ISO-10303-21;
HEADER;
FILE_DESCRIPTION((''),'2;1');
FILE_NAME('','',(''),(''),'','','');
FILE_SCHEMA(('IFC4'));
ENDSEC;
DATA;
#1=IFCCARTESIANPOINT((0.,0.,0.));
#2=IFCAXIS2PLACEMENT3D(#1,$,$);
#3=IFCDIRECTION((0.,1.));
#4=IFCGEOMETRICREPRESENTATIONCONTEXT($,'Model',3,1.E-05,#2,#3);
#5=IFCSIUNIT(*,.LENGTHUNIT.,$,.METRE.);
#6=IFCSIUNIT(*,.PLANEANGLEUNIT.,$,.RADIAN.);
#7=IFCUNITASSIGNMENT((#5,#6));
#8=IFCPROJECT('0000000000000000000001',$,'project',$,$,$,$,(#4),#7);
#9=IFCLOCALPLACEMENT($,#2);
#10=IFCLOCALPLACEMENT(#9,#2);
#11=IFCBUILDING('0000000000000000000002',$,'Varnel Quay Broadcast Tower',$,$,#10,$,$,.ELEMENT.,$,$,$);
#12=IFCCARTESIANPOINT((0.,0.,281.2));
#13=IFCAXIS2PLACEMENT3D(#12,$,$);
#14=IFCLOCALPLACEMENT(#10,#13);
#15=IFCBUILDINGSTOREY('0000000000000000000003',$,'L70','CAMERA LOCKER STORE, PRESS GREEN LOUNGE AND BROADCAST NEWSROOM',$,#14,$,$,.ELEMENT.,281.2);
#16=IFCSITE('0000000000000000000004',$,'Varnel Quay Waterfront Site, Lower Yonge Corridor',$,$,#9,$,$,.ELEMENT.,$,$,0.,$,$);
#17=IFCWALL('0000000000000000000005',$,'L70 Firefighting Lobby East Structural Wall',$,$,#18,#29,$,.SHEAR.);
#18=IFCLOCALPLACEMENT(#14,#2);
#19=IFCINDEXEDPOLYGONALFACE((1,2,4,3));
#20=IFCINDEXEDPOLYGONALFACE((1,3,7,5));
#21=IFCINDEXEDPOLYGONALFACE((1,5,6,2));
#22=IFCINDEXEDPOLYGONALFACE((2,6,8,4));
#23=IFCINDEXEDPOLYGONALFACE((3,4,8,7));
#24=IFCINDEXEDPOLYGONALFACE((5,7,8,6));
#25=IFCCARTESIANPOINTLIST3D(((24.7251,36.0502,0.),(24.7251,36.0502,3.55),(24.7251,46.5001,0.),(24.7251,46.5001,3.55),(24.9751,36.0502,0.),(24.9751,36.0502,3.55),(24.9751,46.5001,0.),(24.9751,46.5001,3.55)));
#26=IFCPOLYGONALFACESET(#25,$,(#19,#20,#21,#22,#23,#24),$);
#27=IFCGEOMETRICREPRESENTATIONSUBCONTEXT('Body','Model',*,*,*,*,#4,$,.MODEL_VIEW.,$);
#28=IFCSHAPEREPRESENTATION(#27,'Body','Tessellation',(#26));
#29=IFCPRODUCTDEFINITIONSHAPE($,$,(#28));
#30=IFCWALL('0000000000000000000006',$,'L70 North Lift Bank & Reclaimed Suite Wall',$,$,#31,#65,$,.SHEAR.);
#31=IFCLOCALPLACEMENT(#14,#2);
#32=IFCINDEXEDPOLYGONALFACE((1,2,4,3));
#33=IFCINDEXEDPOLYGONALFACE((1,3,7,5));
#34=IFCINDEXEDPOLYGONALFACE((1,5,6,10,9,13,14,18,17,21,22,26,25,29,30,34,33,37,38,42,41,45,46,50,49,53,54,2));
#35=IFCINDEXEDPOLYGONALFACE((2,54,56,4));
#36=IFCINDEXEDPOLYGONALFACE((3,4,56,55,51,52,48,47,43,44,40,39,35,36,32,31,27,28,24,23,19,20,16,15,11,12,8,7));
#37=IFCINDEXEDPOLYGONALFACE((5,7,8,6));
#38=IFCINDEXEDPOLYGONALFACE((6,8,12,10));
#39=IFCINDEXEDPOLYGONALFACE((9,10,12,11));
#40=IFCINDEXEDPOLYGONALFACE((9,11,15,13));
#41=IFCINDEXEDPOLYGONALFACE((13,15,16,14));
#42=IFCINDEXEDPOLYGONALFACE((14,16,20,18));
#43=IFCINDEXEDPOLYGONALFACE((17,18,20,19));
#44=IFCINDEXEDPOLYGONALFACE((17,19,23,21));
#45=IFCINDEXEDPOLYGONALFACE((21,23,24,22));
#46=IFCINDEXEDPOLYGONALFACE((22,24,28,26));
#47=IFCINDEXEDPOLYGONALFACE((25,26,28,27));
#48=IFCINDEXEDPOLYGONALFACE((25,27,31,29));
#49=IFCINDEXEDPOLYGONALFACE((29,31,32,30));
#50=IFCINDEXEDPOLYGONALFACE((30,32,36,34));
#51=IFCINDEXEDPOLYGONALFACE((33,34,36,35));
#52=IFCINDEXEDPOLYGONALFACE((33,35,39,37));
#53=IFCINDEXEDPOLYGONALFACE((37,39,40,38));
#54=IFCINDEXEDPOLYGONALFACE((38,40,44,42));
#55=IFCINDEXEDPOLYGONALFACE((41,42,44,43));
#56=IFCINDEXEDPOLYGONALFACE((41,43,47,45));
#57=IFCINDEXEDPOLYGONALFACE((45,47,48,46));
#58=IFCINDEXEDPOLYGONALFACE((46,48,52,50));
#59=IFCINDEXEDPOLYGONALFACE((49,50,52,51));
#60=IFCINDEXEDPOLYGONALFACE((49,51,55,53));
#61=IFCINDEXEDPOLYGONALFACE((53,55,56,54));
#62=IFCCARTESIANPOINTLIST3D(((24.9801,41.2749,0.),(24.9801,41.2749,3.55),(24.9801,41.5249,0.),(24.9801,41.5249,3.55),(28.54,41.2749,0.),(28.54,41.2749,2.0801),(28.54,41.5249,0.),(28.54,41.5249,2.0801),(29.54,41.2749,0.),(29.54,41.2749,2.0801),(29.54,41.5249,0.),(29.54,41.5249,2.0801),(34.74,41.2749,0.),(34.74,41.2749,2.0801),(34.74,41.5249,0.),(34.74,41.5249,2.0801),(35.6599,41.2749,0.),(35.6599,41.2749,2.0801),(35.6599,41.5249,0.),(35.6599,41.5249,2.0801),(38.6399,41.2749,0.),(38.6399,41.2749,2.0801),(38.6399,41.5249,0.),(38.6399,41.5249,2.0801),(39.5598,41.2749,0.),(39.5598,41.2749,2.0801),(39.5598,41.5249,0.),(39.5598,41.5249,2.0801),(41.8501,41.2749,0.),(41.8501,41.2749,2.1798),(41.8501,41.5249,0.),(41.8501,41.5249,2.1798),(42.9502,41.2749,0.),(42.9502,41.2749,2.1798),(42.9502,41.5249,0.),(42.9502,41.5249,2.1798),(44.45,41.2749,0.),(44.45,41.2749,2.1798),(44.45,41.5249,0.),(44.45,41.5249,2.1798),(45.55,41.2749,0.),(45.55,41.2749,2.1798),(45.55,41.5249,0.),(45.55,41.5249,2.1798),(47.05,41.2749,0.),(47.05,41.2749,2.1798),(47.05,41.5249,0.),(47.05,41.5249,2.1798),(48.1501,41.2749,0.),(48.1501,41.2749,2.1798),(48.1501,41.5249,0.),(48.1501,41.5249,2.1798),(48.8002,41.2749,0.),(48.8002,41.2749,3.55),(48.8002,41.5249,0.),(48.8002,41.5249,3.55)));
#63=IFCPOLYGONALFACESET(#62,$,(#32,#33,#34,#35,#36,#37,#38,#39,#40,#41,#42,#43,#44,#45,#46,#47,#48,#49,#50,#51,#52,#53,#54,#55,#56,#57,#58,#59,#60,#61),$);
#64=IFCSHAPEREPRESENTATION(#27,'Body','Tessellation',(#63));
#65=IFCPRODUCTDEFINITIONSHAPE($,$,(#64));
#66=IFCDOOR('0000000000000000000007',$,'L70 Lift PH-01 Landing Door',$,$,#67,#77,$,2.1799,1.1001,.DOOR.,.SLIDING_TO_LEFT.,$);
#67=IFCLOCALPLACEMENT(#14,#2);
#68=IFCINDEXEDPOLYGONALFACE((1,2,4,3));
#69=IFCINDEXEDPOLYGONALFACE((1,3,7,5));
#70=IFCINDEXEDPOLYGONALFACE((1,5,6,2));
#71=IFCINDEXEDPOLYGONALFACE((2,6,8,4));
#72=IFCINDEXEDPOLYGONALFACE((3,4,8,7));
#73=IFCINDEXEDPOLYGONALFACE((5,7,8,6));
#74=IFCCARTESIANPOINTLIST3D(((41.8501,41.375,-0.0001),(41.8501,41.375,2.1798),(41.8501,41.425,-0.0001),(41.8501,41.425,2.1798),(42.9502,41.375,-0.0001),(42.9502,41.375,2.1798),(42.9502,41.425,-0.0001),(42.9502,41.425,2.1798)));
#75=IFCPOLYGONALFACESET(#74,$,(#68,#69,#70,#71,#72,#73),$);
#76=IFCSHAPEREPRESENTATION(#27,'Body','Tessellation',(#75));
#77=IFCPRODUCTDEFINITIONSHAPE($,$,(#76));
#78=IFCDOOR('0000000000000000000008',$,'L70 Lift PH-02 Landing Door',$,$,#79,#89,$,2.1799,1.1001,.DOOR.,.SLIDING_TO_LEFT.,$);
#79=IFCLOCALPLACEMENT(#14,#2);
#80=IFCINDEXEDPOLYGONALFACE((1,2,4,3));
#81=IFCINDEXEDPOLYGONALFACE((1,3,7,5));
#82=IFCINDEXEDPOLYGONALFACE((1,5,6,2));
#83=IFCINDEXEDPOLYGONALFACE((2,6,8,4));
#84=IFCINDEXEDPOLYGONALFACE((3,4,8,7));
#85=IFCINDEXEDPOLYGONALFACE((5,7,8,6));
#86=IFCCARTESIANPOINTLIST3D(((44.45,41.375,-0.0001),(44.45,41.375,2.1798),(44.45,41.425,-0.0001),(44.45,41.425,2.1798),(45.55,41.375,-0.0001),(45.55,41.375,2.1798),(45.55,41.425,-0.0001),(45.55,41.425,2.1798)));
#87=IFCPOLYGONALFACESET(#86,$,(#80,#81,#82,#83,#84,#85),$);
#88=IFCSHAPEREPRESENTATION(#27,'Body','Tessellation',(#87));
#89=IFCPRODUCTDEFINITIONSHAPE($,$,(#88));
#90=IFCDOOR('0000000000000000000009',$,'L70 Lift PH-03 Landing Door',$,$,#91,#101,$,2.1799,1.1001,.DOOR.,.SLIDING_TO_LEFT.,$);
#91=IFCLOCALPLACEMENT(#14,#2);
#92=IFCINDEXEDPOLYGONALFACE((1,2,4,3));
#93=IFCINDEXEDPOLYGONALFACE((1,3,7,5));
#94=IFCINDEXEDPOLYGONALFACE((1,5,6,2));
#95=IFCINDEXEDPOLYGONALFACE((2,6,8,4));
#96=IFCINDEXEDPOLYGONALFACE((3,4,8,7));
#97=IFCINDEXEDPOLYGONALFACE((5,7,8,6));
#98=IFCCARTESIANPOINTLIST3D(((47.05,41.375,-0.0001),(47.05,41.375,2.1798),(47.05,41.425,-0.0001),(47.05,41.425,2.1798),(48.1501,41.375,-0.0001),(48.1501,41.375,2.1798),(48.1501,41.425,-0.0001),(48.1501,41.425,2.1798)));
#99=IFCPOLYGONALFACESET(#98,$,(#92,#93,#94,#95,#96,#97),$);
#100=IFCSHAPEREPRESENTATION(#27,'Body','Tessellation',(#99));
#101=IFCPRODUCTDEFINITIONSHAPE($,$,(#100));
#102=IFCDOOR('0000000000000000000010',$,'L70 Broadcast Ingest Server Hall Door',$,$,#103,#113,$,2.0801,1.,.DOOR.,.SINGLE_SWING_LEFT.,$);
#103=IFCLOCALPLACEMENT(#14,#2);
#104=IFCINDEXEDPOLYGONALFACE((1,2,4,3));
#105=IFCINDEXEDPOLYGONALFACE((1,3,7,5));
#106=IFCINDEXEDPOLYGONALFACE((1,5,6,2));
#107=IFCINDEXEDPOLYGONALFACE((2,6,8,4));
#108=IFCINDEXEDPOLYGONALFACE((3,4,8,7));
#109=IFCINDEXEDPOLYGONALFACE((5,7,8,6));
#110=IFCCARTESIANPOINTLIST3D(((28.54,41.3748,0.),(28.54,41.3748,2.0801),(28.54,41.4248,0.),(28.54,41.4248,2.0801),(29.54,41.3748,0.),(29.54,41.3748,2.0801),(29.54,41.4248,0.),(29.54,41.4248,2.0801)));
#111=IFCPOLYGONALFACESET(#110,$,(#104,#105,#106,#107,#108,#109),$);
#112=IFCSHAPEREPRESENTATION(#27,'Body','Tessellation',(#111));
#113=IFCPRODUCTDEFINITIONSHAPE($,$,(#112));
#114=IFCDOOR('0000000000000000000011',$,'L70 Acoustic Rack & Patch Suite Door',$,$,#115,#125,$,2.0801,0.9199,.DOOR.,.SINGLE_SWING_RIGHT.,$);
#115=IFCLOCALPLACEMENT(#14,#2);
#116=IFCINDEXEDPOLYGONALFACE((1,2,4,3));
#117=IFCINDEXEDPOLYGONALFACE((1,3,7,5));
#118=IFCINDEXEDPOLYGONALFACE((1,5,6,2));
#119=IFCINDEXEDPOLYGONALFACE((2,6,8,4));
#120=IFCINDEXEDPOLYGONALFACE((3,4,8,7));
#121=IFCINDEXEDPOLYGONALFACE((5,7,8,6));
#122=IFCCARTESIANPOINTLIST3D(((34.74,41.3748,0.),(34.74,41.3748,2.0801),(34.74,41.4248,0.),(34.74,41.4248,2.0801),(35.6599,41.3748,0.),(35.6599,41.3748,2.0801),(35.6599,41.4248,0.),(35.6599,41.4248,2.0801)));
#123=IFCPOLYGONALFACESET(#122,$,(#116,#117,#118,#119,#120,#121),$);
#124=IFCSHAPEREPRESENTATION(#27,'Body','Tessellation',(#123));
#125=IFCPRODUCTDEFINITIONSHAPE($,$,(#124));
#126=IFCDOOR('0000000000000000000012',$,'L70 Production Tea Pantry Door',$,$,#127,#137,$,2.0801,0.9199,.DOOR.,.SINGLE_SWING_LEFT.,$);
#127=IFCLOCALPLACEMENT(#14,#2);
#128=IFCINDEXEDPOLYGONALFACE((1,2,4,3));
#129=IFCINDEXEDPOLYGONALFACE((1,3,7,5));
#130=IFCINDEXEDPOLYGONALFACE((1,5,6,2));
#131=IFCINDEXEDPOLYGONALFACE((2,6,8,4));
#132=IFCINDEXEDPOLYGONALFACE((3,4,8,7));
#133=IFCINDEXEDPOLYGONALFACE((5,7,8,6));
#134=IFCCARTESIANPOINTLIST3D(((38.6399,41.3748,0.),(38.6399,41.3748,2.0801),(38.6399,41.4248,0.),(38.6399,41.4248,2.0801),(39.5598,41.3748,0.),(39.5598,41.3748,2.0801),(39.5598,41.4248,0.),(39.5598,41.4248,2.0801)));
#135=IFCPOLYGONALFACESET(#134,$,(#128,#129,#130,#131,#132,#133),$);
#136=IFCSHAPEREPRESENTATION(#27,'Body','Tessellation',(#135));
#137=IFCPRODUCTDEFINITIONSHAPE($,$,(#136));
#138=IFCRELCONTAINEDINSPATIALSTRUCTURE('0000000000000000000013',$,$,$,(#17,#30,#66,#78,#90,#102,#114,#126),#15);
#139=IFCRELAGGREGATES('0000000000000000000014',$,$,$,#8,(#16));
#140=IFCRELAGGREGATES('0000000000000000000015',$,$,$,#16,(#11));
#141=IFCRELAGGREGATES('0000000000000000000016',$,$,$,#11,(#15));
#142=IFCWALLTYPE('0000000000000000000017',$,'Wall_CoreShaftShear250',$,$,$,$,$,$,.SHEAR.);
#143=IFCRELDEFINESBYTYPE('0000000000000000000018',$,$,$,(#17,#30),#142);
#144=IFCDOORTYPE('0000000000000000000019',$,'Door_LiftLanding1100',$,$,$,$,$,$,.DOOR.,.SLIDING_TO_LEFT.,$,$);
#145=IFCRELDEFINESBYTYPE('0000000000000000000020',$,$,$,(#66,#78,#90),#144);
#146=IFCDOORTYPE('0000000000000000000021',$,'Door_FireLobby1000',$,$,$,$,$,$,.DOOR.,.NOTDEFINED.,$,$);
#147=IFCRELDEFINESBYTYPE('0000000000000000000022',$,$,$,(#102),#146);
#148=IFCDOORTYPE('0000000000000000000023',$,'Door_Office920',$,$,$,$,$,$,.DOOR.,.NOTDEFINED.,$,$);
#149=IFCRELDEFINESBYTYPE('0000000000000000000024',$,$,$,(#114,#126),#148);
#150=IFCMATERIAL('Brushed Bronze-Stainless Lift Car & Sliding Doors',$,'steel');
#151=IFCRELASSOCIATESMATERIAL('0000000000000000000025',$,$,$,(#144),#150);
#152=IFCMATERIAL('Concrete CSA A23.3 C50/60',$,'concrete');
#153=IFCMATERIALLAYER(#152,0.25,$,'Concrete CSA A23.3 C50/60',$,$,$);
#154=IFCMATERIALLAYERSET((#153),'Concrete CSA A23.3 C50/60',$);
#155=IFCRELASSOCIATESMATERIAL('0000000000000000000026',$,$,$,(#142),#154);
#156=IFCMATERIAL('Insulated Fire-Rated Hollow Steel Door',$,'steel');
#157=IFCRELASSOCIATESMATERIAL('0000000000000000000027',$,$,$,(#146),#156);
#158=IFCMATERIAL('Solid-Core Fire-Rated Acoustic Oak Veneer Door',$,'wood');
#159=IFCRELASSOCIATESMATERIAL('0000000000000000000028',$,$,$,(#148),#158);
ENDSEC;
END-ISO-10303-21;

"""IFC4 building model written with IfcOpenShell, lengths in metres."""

from ifc_helpers import new_model, si_unit, direction, frame, frame_2d, origin, place, context, subcontext, project, spatial, rectangle, extrude, source, transform, mapped, material, layer, layer_set, type_object, type_shapes, element, fill, save


model = new_model("IFC4")

# Units and contexts
model_context = context("Model", 3, precision=1e-05, world=origin(), true_north=direction((0.0, 1.0)))
body_context = subcontext(model_context, "Body", "Model", "MODEL_VIEW")
ifc_project = project(units=[si_unit("LENGTHUNIT", "METRE"), si_unit("PLANEANGLEUNIT", "RADIAN")], contexts=[model_context])

# Site, building, storey
site_placement = place(None, origin())
site = spatial("IfcSite", under=ifc_project, at=site_placement, Name="Varnel Quay Waterfront Site, Lower Yonge Corridor", CompositionType="ELEMENT", RefElevation=0.0)
building_placement = place(site_placement, origin())
building = spatial("IfcBuilding", under=site, at=building_placement, Name="Varnel Quay Broadcast Tower", CompositionType="ELEMENT")
storey_placement = place(building_placement, frame((0.0, 0.0, 281.2)))
storey = spatial("IfcBuildingStorey", under=building, at=storey_placement, Name="L70", Description="CAMERA LOCKER STORE, PRESS GREEN LOUNGE AND BROADCAST NEWSROOM", CompositionType="ELEMENT", Elevation=281.2)

# Shared definitions
ifc_material_1 = material(Name="Concrete CSA A23.3 C50/60", Category="concrete")
ifc_material_2 = material(Name="Insulated Fire-Rated Hollow Steel Door", Category="steel")

# Shared definitions
ifc_material_3 = material(Name="Brushed Bronze-Stainless Lift Car & Sliding Doors", Category="steel")
door_type_1 = type_object("IfcDoorType", Name="Door_LiftLanding1100", OperationType="SLIDING_TO_LEFT", PredefinedType="DOOR", material=ifc_material_3)
shared_shape_1 = source(origin(), body_context, "Body", "SweptSolid", [
    extrude(rectangle(XDim=1.1001, YDim=2.1799, at=frame_2d((0.55, 1.0898))), frame((0.0, 0.0249, 0.0), z_axis=(0.0, -1.0, 0.0), x_axis=(1.0, 0.0, 0.0)), (0.0, 0.0, 1.0), 0.05),
])
type_shapes(door_type_1, [shared_shape_1])

# Wall
ifc_layer_1 = layer(ifc_material_1, 0.25, Name="Concrete CSA A23.3 C50/60")
ifc_layer_set_1 = layer_set([ifc_layer_1], Name="Concrete CSA A23.3 C50/60")
wall_type_1 = type_object("IfcWallType", Name="Wall_CoreShaftShear250", PredefinedType="SHEAR", material=ifc_layer_set_1)
wall_1_placement = place(storey_placement, frame((24.8501, 36.05, 0.0), z_axis=(0.0, 0.0, 1.0), x_axis=(0.0, 1.0, 0.0)))
element("IfcWall", 1, at=wall_1_placement, inside=storey, type_object=wall_type_1, Name="L70 Firefighting Lobby East Structural Wall", PredefinedType="SHEAR", context=body_context, shape_type="SweptSolid", body=[
    extrude(rectangle(XDim=10.45, YDim=0.25, at=frame_2d((5.2251, 0.0))), origin(), (0.0, 0.0, 1.0), 3.55),
])

# Wall, openings, doors
wall_2_placement = place(storey_placement, frame((24.98, 41.3999, 0.0), z_axis=(0.0, 0.0, 1.0), x_axis=(1.0, 0.0, 0.0)))
wall_2 = element("IfcWall", 2, at=wall_2_placement, inside=storey, type_object=wall_type_1, Name="L70 North Lift Bank & Reclaimed Suite Wall", PredefinedType="SHEAR", context=body_context, shape_type="SweptSolid", body=[
    extrude(rectangle(XDim=23.8201, YDim=0.25, at=frame_2d((11.9102, 0.0))), origin(), (0.0, 0.0, 1.0), 3.55),
])
opening_1_placement = place(wall_2_placement, frame((16.8701, 0.0, 0.0)))
opening_1 = element("IfcOpeningElement", 3, at=opening_1_placement, cuts=wall_2, PredefinedType="OPENING", context=body_context, shape_type="SweptSolid", body=[
    extrude(rectangle(XDim=1.1001, YDim=2.1799, at=frame_2d((0.55, 1.0898))), frame((0.0, 0.135, 0.0), z_axis=(0.0, -1.0, 0.0), x_axis=(1.0, 0.0, 0.0)), (0.0, 0.0, 1.0), 0.27),
])
opening_2_placement = place(wall_2_placement, frame((19.47, 0.0, 0.0)))
opening_2 = element("IfcOpeningElement", 4, at=opening_2_placement, cuts=wall_2, PredefinedType="OPENING", context=body_context, shape_type="SweptSolid", body=[
    extrude(rectangle(XDim=1.1001, YDim=2.1799, at=frame_2d((0.55, 1.0898))), frame((0.0, 0.135, 0.0), z_axis=(0.0, -1.0, 0.0), x_axis=(1.0, 0.0, 0.0)), (0.0, 0.0, 1.0), 0.27),
])
opening_3_placement = place(wall_2_placement, frame((22.0701, 0.0, 0.0)))
opening_3 = element("IfcOpeningElement", 5, at=opening_3_placement, cuts=wall_2, PredefinedType="OPENING", context=body_context, shape_type="SweptSolid", body=[
    extrude(rectangle(XDim=1.1001, YDim=2.1799, at=frame_2d((0.55, 1.0898))), frame((0.0, 0.135, 0.0), z_axis=(0.0, -1.0, 0.0), x_axis=(1.0, 0.0, 0.0)), (0.0, 0.0, 1.0), 0.27),
])
opening_4_placement = place(wall_2_placement, frame((3.5601, 0.0, 0.0)))
opening_4 = element("IfcOpeningElement", 6, at=opening_4_placement, cuts=wall_2, PredefinedType="OPENING", context=body_context, shape_type="SweptSolid", body=[
    extrude(rectangle(XDim=1.0, YDim=2.0801, at=frame_2d((0.5, 1.04))), frame((0.0, 0.135, 0.0), z_axis=(0.0, -1.0, 0.0), x_axis=(1.0, 0.0, 0.0)), (0.0, 0.0, 1.0), 0.27),
])
opening_5_placement = place(wall_2_placement, frame((9.76, 0.0, 0.0)))
opening_5 = element("IfcOpeningElement", 7, at=opening_5_placement, cuts=wall_2, PredefinedType="OPENING", context=body_context, shape_type="SweptSolid", body=[
    extrude(rectangle(XDim=0.9199, YDim=2.0801, at=frame_2d((0.46, 1.04))), frame((0.0, 0.135, 0.0), z_axis=(0.0, -1.0, 0.0), x_axis=(1.0, 0.0, 0.0)), (0.0, 0.0, 1.0), 0.27),
])
opening_6_placement = place(wall_2_placement, frame((13.6599, 0.0, 0.0)))
opening_6 = element("IfcOpeningElement", 8, at=opening_6_placement, cuts=wall_2, PredefinedType="OPENING", context=body_context, shape_type="SweptSolid", body=[
    extrude(rectangle(XDim=0.9199, YDim=2.0801, at=frame_2d((0.46, 1.04))), frame((0.0, 0.135, 0.0), z_axis=(0.0, -1.0, 0.0), x_axis=(1.0, 0.0, 0.0)), (0.0, 0.0, 1.0), 0.27),
])
door_1_placement = place(opening_1_placement, frame((1.1001, 0.0, 0.0), z_axis=(0.0, 0.0, 1.0), x_axis=(-1.0, 0.0, 0.0)))
door_1 = element("IfcDoor", 9, at=door_1_placement, inside=storey, type_object=door_type_1, Name="L70 Lift PH-01 Landing Door", OperationType="SLIDING_TO_LEFT", OverallHeight=2.1799, OverallWidth=1.1001, PredefinedType="DOOR", context=body_context, shape_type="MappedRepresentation", body=[
    mapped(shared_shape_1, transform((0.0, 0.0, 0.0), x_axis=(1.0, 0.0, 0.0), y_axis=(0.0, 1.0, 0.0), z_axis=(0.0, 0.0, 1.0), scale=1.0)),
])
fill(opening_1, door_1)
door_2_placement = place(opening_2_placement, frame((1.1001, 0.0, 0.0), z_axis=(0.0, 0.0, 1.0), x_axis=(-1.0, 0.0, 0.0)))
door_2 = element("IfcDoor", 10, at=door_2_placement, inside=storey, type_object=door_type_1, Name="L70 Lift PH-02 Landing Door", OperationType="SLIDING_TO_LEFT", OverallHeight=2.1799, OverallWidth=1.1001, PredefinedType="DOOR", context=body_context, shape_type="MappedRepresentation", body=[
    mapped(shared_shape_1, transform((0.0, 0.0, 0.0), x_axis=(1.0, 0.0, 0.0), y_axis=(0.0, 1.0, 0.0), z_axis=(0.0, 0.0, 1.0), scale=1.0)),
])
fill(opening_2, door_2)
door_3_placement = place(opening_3_placement, frame((1.1001, 0.0, 0.0), z_axis=(0.0, 0.0, 1.0), x_axis=(-1.0, 0.0, 0.0)))
door_3 = element("IfcDoor", 11, at=door_3_placement, inside=storey, type_object=door_type_1, Name="L70 Lift PH-03 Landing Door", OperationType="SLIDING_TO_LEFT", OverallHeight=2.1799, OverallWidth=1.1001, PredefinedType="DOOR", context=body_context, shape_type="MappedRepresentation", body=[
    mapped(shared_shape_1, transform((0.0, 0.0, 0.0), x_axis=(1.0, 0.0, 0.0), y_axis=(0.0, 1.0, 0.0), z_axis=(0.0, 0.0, 1.0), scale=1.0)),
])
fill(opening_3, door_3)
door_type_2 = type_object("IfcDoorType", Name="Door_FireLobby1000", OperationType="NOTDEFINED", PredefinedType="DOOR", material=ifc_material_2)
shared_shape_2 = source(origin(), body_context, "Body", "SweptSolid", [
    extrude(rectangle(XDim=1.0, YDim=2.0801, at=frame_2d((0.5, 1.04))), frame((0.0, 0.0249, 0.0), z_axis=(0.0, -1.0, 0.0), x_axis=(1.0, 0.0, 0.0)), (0.0, 0.0, 1.0), 0.05),
])
type_shapes(door_type_2, [shared_shape_2])
door_4_placement = place(opening_4_placement, origin())
door_4 = element("IfcDoor", 12, at=door_4_placement, inside=storey, type_object=door_type_2, Name="L70 Broadcast Ingest Server Hall Door", OperationType="SINGLE_SWING_LEFT", OverallHeight=2.0801, OverallWidth=1.0, PredefinedType="DOOR", context=body_context, shape_type="MappedRepresentation", body=[
    mapped(shared_shape_2, transform((0.0, 0.0, 0.0), x_axis=(1.0, 0.0, 0.0), y_axis=(0.0, 1.0, 0.0), z_axis=(0.0, 0.0, 1.0), scale=1.0)),
])
fill(opening_4, door_4)
ifc_material_4 = material(Name="Solid-Core Fire-Rated Acoustic Oak Veneer Door", Category="wood")
door_type_3 = type_object("IfcDoorType", Name="Door_Office920", OperationType="NOTDEFINED", PredefinedType="DOOR", material=ifc_material_4)
shared_shape_3 = source(origin(), body_context, "Body", "SweptSolid", [
    extrude(rectangle(XDim=0.9199, YDim=2.0801, at=frame_2d((0.46, 1.04))), frame((0.0, 0.0249, 0.0), z_axis=(0.0, -1.0, 0.0), x_axis=(1.0, 0.0, 0.0)), (0.0, 0.0, 1.0), 0.05),
])
type_shapes(door_type_3, [shared_shape_3])
door_5_placement = place(opening_5_placement, origin())
door_5 = element("IfcDoor", 13, at=door_5_placement, inside=storey, type_object=door_type_3, Name="L70 Acoustic Rack & Patch Suite Door", OperationType="SINGLE_SWING_RIGHT", OverallHeight=2.0801, OverallWidth=0.9199, PredefinedType="DOOR", context=body_context, shape_type="MappedRepresentation", body=[
    mapped(shared_shape_3, transform((0.0, 0.0, 0.0), x_axis=(1.0, 0.0, 0.0), y_axis=(0.0, 1.0, 0.0), z_axis=(0.0, 0.0, 1.0), scale=1.0)),
])
fill(opening_5, door_5)
door_6_placement = place(opening_6_placement, origin())
door_6 = element("IfcDoor", 14, at=door_6_placement, inside=storey, type_object=door_type_3, Name="L70 Production Tea Pantry Door", OperationType="SINGLE_SWING_LEFT", OverallHeight=2.0801, OverallWidth=0.9199, PredefinedType="DOOR", context=body_context, shape_type="MappedRepresentation", body=[
    mapped(shared_shape_3, transform((0.0, 0.0, 0.0), x_axis=(1.0, 0.0, 0.0), y_axis=(0.0, 1.0, 0.0), z_axis=(0.0, 0.0, 1.0), scale=1.0)),
])
fill(opening_6, door_6)

save(model, "model.ifc")
